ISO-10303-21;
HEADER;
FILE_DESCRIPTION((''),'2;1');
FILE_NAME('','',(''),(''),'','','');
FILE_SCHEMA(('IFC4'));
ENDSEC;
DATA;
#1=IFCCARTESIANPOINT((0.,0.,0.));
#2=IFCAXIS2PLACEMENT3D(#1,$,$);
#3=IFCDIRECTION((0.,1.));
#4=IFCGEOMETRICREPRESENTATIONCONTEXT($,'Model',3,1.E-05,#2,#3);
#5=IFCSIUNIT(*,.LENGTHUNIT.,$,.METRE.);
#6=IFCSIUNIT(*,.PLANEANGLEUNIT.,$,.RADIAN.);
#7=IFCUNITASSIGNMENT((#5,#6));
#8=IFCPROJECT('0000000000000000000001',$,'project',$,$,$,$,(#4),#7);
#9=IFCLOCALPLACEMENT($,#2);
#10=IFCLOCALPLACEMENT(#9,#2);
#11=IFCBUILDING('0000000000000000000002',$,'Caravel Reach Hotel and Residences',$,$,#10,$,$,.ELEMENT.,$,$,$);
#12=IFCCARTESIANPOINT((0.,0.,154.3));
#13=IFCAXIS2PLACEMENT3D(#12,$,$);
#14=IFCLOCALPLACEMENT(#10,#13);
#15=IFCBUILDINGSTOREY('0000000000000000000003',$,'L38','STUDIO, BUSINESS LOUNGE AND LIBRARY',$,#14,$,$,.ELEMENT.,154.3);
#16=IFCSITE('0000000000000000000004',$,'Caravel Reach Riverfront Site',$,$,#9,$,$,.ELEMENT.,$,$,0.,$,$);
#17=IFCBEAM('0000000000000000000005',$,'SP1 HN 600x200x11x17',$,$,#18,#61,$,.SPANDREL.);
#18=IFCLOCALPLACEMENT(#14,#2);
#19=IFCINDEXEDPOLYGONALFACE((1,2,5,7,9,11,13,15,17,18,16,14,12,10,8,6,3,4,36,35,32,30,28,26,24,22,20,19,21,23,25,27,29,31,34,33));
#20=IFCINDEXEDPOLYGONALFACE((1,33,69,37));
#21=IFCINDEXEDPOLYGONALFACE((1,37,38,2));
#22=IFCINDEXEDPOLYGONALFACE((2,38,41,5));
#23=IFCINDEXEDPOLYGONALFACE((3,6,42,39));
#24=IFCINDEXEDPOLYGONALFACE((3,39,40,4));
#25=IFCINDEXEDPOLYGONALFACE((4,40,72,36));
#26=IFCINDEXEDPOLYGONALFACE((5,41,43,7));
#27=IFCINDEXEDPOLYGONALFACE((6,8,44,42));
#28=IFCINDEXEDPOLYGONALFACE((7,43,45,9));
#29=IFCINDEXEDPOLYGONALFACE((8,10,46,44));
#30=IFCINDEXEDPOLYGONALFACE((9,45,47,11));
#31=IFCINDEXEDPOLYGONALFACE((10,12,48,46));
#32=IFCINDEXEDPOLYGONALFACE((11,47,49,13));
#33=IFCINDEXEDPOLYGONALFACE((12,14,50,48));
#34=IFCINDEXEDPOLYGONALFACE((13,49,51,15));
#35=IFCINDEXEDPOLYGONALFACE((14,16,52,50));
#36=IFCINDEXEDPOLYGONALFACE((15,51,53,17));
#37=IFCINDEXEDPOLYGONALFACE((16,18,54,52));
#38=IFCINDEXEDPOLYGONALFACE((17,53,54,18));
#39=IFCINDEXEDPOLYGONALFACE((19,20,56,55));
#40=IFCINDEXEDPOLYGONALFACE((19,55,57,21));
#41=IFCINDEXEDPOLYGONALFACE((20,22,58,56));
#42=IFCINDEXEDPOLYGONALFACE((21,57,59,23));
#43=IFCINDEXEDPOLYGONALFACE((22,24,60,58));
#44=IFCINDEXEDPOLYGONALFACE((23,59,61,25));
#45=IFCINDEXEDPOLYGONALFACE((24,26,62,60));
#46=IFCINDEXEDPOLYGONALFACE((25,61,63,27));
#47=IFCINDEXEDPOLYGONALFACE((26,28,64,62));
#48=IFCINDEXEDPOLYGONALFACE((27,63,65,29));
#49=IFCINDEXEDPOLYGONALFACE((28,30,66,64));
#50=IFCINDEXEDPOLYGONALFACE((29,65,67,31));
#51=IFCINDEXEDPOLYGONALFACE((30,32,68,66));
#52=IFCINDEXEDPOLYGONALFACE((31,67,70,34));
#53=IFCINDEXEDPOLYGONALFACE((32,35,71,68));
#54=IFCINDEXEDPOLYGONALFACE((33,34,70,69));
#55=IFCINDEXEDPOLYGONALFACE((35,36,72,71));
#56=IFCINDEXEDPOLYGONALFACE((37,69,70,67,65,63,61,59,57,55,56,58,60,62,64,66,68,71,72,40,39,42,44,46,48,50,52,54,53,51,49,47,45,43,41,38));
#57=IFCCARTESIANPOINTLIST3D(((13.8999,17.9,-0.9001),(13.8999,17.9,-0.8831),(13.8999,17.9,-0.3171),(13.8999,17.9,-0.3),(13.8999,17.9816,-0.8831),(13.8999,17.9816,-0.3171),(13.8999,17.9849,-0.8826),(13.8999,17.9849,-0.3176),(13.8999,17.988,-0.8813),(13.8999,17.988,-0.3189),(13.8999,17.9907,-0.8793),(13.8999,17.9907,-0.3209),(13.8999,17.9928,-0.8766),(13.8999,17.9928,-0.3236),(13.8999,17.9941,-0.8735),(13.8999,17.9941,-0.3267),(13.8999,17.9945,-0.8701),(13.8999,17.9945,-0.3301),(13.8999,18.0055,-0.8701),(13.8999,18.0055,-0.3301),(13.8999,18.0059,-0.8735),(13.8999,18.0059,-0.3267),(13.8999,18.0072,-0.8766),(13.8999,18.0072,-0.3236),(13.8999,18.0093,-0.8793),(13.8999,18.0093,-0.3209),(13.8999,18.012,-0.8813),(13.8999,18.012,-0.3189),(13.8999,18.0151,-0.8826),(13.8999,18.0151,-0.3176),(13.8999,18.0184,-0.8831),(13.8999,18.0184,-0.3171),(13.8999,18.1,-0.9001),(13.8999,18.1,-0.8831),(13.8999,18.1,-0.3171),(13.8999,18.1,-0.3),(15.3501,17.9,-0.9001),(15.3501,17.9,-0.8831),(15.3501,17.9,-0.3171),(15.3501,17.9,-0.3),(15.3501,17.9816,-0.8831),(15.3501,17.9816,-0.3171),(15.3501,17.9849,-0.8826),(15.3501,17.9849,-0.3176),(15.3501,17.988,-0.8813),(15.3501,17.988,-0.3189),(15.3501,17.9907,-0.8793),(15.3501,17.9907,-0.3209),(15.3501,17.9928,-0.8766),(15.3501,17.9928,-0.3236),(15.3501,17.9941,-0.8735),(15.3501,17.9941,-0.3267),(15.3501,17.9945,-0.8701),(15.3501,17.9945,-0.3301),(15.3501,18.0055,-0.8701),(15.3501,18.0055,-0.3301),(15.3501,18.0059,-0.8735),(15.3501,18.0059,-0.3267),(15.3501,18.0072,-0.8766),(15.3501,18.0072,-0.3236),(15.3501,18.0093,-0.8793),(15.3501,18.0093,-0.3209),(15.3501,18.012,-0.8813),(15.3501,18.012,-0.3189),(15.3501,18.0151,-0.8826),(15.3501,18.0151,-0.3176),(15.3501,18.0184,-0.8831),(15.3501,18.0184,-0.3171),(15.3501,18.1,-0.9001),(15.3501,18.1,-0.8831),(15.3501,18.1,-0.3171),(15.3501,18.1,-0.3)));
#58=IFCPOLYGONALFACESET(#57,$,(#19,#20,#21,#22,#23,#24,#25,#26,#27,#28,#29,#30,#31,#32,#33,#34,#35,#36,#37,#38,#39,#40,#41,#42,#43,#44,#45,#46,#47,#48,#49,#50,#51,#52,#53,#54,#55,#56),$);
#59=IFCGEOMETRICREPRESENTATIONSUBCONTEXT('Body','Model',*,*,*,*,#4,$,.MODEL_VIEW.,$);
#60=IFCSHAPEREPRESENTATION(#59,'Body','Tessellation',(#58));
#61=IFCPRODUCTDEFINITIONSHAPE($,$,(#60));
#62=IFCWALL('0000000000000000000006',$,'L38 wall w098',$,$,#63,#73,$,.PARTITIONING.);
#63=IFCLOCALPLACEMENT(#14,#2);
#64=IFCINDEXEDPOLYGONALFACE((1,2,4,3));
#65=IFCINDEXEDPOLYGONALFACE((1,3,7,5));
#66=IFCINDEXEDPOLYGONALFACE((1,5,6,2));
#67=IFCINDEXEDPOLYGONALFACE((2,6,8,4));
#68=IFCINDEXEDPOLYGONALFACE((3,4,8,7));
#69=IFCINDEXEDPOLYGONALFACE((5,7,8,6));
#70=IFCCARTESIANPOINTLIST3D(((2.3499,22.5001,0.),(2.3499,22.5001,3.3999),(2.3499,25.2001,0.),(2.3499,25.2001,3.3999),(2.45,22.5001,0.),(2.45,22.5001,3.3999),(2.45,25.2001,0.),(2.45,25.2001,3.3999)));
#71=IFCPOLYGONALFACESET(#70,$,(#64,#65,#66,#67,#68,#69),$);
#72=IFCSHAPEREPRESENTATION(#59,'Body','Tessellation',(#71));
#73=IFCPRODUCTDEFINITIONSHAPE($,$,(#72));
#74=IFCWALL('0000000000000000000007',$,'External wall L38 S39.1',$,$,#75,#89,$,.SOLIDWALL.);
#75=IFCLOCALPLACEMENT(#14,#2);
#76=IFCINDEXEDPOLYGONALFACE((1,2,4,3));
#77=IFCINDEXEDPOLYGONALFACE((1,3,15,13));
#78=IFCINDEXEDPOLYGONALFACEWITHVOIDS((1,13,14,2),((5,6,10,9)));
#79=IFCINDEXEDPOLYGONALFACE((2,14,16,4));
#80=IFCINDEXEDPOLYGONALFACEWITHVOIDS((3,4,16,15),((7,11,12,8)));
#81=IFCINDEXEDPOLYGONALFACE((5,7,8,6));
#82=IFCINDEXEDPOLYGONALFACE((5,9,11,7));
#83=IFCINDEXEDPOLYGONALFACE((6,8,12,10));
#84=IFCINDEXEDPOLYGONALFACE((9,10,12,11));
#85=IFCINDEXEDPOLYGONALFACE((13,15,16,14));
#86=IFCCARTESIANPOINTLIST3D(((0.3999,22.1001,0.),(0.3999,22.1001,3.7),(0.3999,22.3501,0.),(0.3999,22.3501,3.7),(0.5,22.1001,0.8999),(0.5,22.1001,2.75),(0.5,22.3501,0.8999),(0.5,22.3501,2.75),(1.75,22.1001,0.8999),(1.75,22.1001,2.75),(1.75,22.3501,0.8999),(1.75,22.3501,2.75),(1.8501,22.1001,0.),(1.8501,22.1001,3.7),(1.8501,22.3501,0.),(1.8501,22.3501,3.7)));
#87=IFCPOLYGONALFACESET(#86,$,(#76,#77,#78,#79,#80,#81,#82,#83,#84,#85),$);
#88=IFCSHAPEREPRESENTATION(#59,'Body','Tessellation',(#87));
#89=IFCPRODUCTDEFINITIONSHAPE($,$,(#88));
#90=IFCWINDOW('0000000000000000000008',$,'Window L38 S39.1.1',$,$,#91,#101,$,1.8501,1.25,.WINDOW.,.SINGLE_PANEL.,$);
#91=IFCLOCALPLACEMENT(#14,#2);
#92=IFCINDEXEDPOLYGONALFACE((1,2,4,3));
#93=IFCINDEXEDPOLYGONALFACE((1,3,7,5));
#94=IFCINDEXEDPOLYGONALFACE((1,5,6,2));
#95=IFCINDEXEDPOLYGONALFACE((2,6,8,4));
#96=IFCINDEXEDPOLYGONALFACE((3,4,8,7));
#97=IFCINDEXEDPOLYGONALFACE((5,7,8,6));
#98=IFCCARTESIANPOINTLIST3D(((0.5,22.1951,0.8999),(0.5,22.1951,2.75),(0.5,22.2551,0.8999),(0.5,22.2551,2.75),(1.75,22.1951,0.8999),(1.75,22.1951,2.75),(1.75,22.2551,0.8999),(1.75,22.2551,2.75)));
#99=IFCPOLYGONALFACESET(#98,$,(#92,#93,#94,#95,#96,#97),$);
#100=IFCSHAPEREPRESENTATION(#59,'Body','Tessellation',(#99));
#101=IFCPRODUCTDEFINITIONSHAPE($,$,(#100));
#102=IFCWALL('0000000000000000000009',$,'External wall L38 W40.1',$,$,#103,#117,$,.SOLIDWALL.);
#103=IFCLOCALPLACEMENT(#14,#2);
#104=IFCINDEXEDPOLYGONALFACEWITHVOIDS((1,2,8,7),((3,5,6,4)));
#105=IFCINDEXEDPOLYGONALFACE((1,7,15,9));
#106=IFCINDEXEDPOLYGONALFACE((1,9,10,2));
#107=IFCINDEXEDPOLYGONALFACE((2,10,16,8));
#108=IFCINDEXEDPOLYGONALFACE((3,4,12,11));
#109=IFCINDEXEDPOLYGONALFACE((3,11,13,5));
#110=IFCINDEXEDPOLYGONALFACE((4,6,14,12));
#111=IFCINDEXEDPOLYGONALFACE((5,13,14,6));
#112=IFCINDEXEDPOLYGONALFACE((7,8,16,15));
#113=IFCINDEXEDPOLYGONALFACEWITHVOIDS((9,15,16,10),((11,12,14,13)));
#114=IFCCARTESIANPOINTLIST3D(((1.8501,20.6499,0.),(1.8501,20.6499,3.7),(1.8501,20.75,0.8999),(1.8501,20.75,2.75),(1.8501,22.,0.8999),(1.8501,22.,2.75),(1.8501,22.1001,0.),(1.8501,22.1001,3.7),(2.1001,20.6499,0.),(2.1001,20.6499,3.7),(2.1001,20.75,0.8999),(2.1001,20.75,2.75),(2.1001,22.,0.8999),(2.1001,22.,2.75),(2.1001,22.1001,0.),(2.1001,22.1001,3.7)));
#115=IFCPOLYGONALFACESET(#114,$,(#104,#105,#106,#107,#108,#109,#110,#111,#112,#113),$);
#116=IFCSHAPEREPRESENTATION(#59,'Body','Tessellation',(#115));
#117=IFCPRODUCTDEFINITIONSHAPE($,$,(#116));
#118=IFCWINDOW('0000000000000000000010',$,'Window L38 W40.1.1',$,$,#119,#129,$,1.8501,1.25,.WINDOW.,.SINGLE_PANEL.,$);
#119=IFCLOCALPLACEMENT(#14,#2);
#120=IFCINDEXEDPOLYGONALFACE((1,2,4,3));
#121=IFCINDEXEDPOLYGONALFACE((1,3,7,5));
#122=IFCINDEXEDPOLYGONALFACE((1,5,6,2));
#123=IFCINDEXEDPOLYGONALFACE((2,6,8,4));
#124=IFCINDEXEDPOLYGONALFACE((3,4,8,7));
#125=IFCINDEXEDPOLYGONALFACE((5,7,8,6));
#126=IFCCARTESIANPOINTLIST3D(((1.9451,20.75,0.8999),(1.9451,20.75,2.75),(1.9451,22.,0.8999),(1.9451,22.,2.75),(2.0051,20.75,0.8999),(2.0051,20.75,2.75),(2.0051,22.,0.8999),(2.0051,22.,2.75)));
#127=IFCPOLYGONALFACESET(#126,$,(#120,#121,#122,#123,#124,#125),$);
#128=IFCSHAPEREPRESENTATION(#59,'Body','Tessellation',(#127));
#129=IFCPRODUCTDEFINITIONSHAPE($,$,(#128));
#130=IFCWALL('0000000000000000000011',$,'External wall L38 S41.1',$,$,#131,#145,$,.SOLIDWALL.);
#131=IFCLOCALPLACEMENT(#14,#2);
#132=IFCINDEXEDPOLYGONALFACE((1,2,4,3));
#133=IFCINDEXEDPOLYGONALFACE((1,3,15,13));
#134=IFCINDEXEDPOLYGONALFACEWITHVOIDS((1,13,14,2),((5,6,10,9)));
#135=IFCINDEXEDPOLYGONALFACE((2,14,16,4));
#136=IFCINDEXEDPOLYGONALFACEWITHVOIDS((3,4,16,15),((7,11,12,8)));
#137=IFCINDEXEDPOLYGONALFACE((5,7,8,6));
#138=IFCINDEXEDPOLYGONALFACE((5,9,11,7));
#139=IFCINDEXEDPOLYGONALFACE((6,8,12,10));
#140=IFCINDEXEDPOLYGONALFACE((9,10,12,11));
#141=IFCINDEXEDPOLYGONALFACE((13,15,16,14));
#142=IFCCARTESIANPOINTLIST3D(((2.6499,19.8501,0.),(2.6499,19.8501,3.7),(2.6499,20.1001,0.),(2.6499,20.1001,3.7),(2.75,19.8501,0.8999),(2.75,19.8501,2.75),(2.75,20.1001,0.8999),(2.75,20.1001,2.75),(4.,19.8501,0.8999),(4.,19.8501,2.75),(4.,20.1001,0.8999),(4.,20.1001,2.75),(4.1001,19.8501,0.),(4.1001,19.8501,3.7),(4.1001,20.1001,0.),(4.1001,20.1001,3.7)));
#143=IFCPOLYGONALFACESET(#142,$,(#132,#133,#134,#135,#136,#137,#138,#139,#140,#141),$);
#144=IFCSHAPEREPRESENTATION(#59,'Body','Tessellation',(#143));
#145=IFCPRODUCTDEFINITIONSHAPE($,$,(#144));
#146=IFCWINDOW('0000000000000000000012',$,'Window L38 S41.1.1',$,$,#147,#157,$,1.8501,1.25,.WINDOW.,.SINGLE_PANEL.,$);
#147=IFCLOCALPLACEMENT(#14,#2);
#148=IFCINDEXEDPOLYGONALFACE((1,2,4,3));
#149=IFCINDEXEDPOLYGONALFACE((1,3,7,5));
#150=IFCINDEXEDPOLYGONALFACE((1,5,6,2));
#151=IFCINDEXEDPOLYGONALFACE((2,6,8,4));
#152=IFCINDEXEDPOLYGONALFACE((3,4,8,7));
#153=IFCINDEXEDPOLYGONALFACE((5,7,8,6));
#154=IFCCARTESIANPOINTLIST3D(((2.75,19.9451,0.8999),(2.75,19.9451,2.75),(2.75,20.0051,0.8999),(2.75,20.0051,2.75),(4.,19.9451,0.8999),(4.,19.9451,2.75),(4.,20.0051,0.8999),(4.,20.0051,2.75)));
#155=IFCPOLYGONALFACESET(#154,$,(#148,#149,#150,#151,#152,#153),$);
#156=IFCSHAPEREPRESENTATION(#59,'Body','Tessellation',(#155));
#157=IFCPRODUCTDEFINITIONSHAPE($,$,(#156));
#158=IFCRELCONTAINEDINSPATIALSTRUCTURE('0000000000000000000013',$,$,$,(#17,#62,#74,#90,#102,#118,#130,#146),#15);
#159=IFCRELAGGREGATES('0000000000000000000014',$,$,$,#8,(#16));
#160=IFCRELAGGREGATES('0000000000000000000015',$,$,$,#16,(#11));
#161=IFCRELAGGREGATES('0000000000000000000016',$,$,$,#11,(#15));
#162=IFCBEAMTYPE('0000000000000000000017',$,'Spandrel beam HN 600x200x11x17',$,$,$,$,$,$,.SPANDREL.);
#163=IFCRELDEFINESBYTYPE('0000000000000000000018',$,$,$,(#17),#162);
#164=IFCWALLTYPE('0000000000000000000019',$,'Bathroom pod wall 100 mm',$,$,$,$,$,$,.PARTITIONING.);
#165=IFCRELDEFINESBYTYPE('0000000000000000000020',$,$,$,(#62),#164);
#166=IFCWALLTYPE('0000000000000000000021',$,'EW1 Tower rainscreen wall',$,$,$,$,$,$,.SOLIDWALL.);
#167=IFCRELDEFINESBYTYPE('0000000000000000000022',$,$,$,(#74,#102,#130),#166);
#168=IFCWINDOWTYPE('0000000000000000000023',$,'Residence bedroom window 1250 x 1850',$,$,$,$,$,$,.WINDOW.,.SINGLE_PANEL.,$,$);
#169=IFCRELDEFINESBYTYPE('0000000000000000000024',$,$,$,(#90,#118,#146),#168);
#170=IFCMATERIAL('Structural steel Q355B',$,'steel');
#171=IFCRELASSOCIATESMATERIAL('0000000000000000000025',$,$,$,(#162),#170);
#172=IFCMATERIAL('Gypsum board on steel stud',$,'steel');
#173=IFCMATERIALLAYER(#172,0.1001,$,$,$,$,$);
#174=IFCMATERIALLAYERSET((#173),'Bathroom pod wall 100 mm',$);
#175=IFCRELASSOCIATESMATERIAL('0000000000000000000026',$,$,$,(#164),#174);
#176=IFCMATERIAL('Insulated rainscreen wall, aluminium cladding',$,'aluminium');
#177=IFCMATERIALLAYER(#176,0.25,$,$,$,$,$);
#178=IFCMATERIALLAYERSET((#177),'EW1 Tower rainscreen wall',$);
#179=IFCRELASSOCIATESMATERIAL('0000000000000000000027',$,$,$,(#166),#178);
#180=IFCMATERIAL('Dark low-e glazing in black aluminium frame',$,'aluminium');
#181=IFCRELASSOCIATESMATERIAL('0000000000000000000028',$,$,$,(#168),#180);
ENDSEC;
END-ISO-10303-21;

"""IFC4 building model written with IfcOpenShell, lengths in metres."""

from ifc_helpers import new_model, si_unit, direction, frame, frame_2d, origin, origin_2d, place, context, subcontext, project, spatial, rectangle, i_section, extrude, material, layer, layer_set, material_profile, profile_set, type_object, element, fill, save


model = new_model("IFC4")

# Units and contexts
model_context = context("Model", 3, precision=1e-05, world=origin(), true_north=direction((0.0, 1.0)))
body_context = subcontext(model_context, "Body", "Model", "MODEL_VIEW")
ifc_project = project(units=[si_unit("LENGTHUNIT", "METRE"), si_unit("PLANEANGLEUNIT", "RADIAN")], contexts=[model_context])

# Site, building, storey
site_placement = place(None, origin())
site = spatial("IfcSite", under=ifc_project, at=site_placement, Name="Caravel Reach Riverfront Site", CompositionType="ELEMENT", RefElevation=0.0)
building_placement = place(site_placement, origin())
building = spatial("IfcBuilding", under=site, at=building_placement, Name="Caravel Reach Hotel and Residences", CompositionType="ELEMENT")
storey_placement = place(building_placement, frame((0.0, 0.0, 154.3)))
storey = spatial("IfcBuildingStorey", under=building, at=storey_placement, Name="L38", Description="STUDIO, BUSINESS LOUNGE AND LIBRARY", CompositionType="ELEMENT", Elevation=154.3)

# Beam
ifc_material_1 = material(Name="Structural steel Q355B", Category="steel")
ifc_material_profile_1 = material_profile(ifc_material_1, i_section(OverallWidth=0.2, OverallDepth=0.6001, WebThickness=0.011, FlangeThickness=0.0171, FilletRadius=0.0129, at=origin_2d()), Name="HN 600x200x11x17")
ifc_profile_set_1 = profile_set([ifc_material_profile_1], Name="Structural steel Q355B")
beam_type_1 = type_object("IfcBeamType", Name="Spandrel beam HN 600x200x11x17", PredefinedType="SPANDREL", material=ifc_profile_set_1)
for number, where, z_axis, x_axis, name in (
    (1, (13.8999, 18.0, -0.6001), (1.0, 0.0, 0.0), (0.0, 1.0, 0.0), "SP1 HN 600x200x11x17"),
):
    element("IfcBeam", number, at=place(storey_placement, frame(where, z_axis=z_axis, x_axis=x_axis)), inside=storey, type_object=beam_type_1, Name=name, PredefinedType="SPANDREL", context=body_context, shape_type="SweptSolid", body=[
        extrude(i_section(OverallWidth=0.2, OverallDepth=0.6001, WebThickness=0.011, FlangeThickness=0.0171, FilletRadius=0.0129, at=origin_2d()), origin(), (0.0, 0.0, 1.0), 1.4502),
    ])

# Wall
ifc_material_2 = material(Name="Gypsum board on steel stud", Category="steel")
ifc_layer_1 = layer(ifc_material_2, 0.1001)
ifc_layer_set_1 = layer_set([ifc_layer_1], Name="Bathroom pod wall 100 mm")
wall_type_1 = type_object("IfcWallType", Name="Bathroom pod wall 100 mm", PredefinedType="PARTITIONING", material=ifc_layer_set_1)
wall_1_placement = place(storey_placement, frame((2.3999, 22.5, 0.0), z_axis=(0.0, 0.0, 1.0), x_axis=(0.0, 1.0, 0.0)))
element("IfcWall", 2, at=wall_1_placement, inside=storey, type_object=wall_type_1, Name="L38 wall w098", PredefinedType="PARTITIONING", context=body_context, shape_type="SweptSolid", body=[
    extrude(rectangle(XDim=2.7, YDim=0.1001, at=frame_2d((1.3501, 0.0))), origin(), (0.0, 0.0, 1.0), 3.3999),
])

# Walls, openings, windows
ifc_material_3 = material(Name="Insulated rainscreen wall, aluminium cladding", Category="aluminium")
ifc_layer_2 = layer(ifc_material_3, 0.25)
ifc_layer_set_2 = layer_set([ifc_layer_2], Name="EW1 Tower rainscreen wall")
wall_type_2 = type_object("IfcWallType", Name="EW1 Tower rainscreen wall", PredefinedType="SOLIDWALL", material=ifc_layer_set_2)
wall_2_placement = place(storey_placement, frame((0.3999, 22.2251, 0.0), z_axis=(0.0, 0.0, 1.0), x_axis=(1.0, 0.0, 0.0)))
wall_2 = element("IfcWall", 3, at=wall_2_placement, inside=storey, type_object=wall_type_2, Name="External wall L38 S39.1", PredefinedType="SOLIDWALL", context=body_context, shape_type="SweptSolid", body=[
    extrude(rectangle(XDim=1.4502, YDim=0.25, at=frame_2d((0.7251, 0.0))), origin(), (0.0, 0.0, 1.0), 3.7),
])
opening_1_placement = place(wall_2_placement, frame((0.1001, 0.0, 0.8999)))
opening_1 = element("IfcOpeningElement", 4, at=opening_1_placement, cuts=wall_2, PredefinedType="OPENING", context=body_context, shape_type="SweptSolid", body=[
    extrude(rectangle(XDim=1.25, YDim=1.8501, at=frame_2d((0.625, 0.925))), frame((0.0, 0.135, 0.0), z_axis=(0.0, -1.0, 0.0), x_axis=(1.0, 0.0, 0.0)), (0.0, 0.0, 1.0), 0.27),
])
ifc_material_4 = material(Name="Dark low-e glazing in black aluminium frame", Category="aluminium")
window_type_1 = type_object("IfcWindowType", Name="Residence bedroom window 1250 x 1850", PartitioningType="SINGLE_PANEL", PredefinedType="WINDOW", material=ifc_material_4)
window_1_placement = place(opening_1_placement, origin())
window_1 = element("IfcWindow", 5, at=window_1_placement, inside=storey, type_object=window_type_1, Name="Window L38 S39.1.1", OverallHeight=1.8501, OverallWidth=1.25, PartitioningType="SINGLE_PANEL", PredefinedType="WINDOW", context=body_context, shape_type="SweptSolid", body=[
    extrude(rectangle(XDim=1.25, YDim=1.8501, at=frame_2d((0.625, 0.925))), frame((0.0, 0.03, 0.0), z_axis=(0.0, -1.0, 0.0), x_axis=(1.0, 0.0, 0.0)), (0.0, 0.0, 1.0), 0.0601),
])
fill(opening_1, window_1)
wall_3_placement = place(storey_placement, frame((1.9751, 22.1001, 0.0), z_axis=(0.0, 0.0, 1.0), x_axis=(0.0, -1.0, 0.0)))
wall_3 = element("IfcWall", 6, at=wall_3_placement, inside=storey, type_object=wall_type_2, Name="External wall L38 W40.1", PredefinedType="SOLIDWALL", context=body_context, shape_type="SweptSolid", body=[
    extrude(rectangle(XDim=1.4502, YDim=0.25, at=frame_2d((0.7251, 0.0))), origin(), (0.0, 0.0, 1.0), 3.7),
])
opening_2_placement = place(wall_3_placement, frame((0.1001, 0.0, 0.8999)))
opening_2 = element("IfcOpeningElement", 7, at=opening_2_placement, cuts=wall_3, PredefinedType="OPENING", context=body_context, shape_type="SweptSolid", body=[
    extrude(rectangle(XDim=1.25, YDim=1.8501, at=frame_2d((0.625, 0.925))), frame((0.0, 0.135, 0.0), z_axis=(0.0, -1.0, 0.0), x_axis=(1.0, 0.0, 0.0)), (0.0, 0.0, 1.0), 0.27),
])
window_2_placement = place(opening_2_placement, origin())
window_2 = element("IfcWindow", 8, at=window_2_placement, inside=storey, type_object=window_type_1, Name="Window L38 W40.1.1", OverallHeight=1.8501, OverallWidth=1.25, PartitioningType="SINGLE_PANEL", PredefinedType="WINDOW", context=body_context, shape_type="SweptSolid", body=[
    extrude(rectangle(XDim=1.25, YDim=1.8501, at=frame_2d((0.625, 0.925))), frame((0.0, 0.03, 0.0), z_axis=(0.0, -1.0, 0.0), x_axis=(1.0, 0.0, 0.0)), (0.0, 0.0, 1.0), 0.0601),
])
fill(opening_2, window_2)
wall_4_placement = place(storey_placement, frame((2.6499, 19.9751, 0.0), z_axis=(0.0, 0.0, 1.0), x_axis=(1.0, 0.0, 0.0)))
wall_4 = element("IfcWall", 9, at=wall_4_placement, inside=storey, type_object=wall_type_2, Name="External wall L38 S41.1", PredefinedType="SOLIDWALL", context=body_context, shape_type="SweptSolid", body=[
    extrude(rectangle(XDim=1.4502, YDim=0.25, at=frame_2d((0.7251, 0.0))), origin(), (0.0, 0.0, 1.0), 3.7),
])
opening_3_placement = place(wall_4_placement, frame((0.1001, 0.0, 0.8999)))
opening_3 = element("IfcOpeningElement", 10, at=opening_3_placement, cuts=wall_4, PredefinedType="OPENING", context=body_context, shape_type="SweptSolid", body=[
    extrude(rectangle(XDim=1.25, YDim=1.8501, at=frame_2d((0.625, 0.925))), frame((0.0, 0.135, 0.0), z_axis=(0.0, -1.0, 0.0), x_axis=(1.0, 0.0, 0.0)), (0.0, 0.0, 1.0), 0.27),
])
window_3_placement = place(opening_3_placement, origin())
window_3 = element("IfcWindow", 11, at=window_3_placement, inside=storey, type_object=window_type_1, Name="Window L38 S41.1.1", OverallHeight=1.8501, OverallWidth=1.25, PartitioningType="SINGLE_PANEL", PredefinedType="WINDOW", context=body_context, shape_type="SweptSolid", body=[
    extrude(rectangle(XDim=1.25, YDim=1.8501, at=frame_2d((0.625, 0.925))), frame((0.0, 0.03, 0.0), z_axis=(0.0, -1.0, 0.0), x_axis=(1.0, 0.0, 0.0)), (0.0, 0.0, 1.0), 0.0601),
])
fill(opening_3, window_3)

save(model, "model.ifc")
